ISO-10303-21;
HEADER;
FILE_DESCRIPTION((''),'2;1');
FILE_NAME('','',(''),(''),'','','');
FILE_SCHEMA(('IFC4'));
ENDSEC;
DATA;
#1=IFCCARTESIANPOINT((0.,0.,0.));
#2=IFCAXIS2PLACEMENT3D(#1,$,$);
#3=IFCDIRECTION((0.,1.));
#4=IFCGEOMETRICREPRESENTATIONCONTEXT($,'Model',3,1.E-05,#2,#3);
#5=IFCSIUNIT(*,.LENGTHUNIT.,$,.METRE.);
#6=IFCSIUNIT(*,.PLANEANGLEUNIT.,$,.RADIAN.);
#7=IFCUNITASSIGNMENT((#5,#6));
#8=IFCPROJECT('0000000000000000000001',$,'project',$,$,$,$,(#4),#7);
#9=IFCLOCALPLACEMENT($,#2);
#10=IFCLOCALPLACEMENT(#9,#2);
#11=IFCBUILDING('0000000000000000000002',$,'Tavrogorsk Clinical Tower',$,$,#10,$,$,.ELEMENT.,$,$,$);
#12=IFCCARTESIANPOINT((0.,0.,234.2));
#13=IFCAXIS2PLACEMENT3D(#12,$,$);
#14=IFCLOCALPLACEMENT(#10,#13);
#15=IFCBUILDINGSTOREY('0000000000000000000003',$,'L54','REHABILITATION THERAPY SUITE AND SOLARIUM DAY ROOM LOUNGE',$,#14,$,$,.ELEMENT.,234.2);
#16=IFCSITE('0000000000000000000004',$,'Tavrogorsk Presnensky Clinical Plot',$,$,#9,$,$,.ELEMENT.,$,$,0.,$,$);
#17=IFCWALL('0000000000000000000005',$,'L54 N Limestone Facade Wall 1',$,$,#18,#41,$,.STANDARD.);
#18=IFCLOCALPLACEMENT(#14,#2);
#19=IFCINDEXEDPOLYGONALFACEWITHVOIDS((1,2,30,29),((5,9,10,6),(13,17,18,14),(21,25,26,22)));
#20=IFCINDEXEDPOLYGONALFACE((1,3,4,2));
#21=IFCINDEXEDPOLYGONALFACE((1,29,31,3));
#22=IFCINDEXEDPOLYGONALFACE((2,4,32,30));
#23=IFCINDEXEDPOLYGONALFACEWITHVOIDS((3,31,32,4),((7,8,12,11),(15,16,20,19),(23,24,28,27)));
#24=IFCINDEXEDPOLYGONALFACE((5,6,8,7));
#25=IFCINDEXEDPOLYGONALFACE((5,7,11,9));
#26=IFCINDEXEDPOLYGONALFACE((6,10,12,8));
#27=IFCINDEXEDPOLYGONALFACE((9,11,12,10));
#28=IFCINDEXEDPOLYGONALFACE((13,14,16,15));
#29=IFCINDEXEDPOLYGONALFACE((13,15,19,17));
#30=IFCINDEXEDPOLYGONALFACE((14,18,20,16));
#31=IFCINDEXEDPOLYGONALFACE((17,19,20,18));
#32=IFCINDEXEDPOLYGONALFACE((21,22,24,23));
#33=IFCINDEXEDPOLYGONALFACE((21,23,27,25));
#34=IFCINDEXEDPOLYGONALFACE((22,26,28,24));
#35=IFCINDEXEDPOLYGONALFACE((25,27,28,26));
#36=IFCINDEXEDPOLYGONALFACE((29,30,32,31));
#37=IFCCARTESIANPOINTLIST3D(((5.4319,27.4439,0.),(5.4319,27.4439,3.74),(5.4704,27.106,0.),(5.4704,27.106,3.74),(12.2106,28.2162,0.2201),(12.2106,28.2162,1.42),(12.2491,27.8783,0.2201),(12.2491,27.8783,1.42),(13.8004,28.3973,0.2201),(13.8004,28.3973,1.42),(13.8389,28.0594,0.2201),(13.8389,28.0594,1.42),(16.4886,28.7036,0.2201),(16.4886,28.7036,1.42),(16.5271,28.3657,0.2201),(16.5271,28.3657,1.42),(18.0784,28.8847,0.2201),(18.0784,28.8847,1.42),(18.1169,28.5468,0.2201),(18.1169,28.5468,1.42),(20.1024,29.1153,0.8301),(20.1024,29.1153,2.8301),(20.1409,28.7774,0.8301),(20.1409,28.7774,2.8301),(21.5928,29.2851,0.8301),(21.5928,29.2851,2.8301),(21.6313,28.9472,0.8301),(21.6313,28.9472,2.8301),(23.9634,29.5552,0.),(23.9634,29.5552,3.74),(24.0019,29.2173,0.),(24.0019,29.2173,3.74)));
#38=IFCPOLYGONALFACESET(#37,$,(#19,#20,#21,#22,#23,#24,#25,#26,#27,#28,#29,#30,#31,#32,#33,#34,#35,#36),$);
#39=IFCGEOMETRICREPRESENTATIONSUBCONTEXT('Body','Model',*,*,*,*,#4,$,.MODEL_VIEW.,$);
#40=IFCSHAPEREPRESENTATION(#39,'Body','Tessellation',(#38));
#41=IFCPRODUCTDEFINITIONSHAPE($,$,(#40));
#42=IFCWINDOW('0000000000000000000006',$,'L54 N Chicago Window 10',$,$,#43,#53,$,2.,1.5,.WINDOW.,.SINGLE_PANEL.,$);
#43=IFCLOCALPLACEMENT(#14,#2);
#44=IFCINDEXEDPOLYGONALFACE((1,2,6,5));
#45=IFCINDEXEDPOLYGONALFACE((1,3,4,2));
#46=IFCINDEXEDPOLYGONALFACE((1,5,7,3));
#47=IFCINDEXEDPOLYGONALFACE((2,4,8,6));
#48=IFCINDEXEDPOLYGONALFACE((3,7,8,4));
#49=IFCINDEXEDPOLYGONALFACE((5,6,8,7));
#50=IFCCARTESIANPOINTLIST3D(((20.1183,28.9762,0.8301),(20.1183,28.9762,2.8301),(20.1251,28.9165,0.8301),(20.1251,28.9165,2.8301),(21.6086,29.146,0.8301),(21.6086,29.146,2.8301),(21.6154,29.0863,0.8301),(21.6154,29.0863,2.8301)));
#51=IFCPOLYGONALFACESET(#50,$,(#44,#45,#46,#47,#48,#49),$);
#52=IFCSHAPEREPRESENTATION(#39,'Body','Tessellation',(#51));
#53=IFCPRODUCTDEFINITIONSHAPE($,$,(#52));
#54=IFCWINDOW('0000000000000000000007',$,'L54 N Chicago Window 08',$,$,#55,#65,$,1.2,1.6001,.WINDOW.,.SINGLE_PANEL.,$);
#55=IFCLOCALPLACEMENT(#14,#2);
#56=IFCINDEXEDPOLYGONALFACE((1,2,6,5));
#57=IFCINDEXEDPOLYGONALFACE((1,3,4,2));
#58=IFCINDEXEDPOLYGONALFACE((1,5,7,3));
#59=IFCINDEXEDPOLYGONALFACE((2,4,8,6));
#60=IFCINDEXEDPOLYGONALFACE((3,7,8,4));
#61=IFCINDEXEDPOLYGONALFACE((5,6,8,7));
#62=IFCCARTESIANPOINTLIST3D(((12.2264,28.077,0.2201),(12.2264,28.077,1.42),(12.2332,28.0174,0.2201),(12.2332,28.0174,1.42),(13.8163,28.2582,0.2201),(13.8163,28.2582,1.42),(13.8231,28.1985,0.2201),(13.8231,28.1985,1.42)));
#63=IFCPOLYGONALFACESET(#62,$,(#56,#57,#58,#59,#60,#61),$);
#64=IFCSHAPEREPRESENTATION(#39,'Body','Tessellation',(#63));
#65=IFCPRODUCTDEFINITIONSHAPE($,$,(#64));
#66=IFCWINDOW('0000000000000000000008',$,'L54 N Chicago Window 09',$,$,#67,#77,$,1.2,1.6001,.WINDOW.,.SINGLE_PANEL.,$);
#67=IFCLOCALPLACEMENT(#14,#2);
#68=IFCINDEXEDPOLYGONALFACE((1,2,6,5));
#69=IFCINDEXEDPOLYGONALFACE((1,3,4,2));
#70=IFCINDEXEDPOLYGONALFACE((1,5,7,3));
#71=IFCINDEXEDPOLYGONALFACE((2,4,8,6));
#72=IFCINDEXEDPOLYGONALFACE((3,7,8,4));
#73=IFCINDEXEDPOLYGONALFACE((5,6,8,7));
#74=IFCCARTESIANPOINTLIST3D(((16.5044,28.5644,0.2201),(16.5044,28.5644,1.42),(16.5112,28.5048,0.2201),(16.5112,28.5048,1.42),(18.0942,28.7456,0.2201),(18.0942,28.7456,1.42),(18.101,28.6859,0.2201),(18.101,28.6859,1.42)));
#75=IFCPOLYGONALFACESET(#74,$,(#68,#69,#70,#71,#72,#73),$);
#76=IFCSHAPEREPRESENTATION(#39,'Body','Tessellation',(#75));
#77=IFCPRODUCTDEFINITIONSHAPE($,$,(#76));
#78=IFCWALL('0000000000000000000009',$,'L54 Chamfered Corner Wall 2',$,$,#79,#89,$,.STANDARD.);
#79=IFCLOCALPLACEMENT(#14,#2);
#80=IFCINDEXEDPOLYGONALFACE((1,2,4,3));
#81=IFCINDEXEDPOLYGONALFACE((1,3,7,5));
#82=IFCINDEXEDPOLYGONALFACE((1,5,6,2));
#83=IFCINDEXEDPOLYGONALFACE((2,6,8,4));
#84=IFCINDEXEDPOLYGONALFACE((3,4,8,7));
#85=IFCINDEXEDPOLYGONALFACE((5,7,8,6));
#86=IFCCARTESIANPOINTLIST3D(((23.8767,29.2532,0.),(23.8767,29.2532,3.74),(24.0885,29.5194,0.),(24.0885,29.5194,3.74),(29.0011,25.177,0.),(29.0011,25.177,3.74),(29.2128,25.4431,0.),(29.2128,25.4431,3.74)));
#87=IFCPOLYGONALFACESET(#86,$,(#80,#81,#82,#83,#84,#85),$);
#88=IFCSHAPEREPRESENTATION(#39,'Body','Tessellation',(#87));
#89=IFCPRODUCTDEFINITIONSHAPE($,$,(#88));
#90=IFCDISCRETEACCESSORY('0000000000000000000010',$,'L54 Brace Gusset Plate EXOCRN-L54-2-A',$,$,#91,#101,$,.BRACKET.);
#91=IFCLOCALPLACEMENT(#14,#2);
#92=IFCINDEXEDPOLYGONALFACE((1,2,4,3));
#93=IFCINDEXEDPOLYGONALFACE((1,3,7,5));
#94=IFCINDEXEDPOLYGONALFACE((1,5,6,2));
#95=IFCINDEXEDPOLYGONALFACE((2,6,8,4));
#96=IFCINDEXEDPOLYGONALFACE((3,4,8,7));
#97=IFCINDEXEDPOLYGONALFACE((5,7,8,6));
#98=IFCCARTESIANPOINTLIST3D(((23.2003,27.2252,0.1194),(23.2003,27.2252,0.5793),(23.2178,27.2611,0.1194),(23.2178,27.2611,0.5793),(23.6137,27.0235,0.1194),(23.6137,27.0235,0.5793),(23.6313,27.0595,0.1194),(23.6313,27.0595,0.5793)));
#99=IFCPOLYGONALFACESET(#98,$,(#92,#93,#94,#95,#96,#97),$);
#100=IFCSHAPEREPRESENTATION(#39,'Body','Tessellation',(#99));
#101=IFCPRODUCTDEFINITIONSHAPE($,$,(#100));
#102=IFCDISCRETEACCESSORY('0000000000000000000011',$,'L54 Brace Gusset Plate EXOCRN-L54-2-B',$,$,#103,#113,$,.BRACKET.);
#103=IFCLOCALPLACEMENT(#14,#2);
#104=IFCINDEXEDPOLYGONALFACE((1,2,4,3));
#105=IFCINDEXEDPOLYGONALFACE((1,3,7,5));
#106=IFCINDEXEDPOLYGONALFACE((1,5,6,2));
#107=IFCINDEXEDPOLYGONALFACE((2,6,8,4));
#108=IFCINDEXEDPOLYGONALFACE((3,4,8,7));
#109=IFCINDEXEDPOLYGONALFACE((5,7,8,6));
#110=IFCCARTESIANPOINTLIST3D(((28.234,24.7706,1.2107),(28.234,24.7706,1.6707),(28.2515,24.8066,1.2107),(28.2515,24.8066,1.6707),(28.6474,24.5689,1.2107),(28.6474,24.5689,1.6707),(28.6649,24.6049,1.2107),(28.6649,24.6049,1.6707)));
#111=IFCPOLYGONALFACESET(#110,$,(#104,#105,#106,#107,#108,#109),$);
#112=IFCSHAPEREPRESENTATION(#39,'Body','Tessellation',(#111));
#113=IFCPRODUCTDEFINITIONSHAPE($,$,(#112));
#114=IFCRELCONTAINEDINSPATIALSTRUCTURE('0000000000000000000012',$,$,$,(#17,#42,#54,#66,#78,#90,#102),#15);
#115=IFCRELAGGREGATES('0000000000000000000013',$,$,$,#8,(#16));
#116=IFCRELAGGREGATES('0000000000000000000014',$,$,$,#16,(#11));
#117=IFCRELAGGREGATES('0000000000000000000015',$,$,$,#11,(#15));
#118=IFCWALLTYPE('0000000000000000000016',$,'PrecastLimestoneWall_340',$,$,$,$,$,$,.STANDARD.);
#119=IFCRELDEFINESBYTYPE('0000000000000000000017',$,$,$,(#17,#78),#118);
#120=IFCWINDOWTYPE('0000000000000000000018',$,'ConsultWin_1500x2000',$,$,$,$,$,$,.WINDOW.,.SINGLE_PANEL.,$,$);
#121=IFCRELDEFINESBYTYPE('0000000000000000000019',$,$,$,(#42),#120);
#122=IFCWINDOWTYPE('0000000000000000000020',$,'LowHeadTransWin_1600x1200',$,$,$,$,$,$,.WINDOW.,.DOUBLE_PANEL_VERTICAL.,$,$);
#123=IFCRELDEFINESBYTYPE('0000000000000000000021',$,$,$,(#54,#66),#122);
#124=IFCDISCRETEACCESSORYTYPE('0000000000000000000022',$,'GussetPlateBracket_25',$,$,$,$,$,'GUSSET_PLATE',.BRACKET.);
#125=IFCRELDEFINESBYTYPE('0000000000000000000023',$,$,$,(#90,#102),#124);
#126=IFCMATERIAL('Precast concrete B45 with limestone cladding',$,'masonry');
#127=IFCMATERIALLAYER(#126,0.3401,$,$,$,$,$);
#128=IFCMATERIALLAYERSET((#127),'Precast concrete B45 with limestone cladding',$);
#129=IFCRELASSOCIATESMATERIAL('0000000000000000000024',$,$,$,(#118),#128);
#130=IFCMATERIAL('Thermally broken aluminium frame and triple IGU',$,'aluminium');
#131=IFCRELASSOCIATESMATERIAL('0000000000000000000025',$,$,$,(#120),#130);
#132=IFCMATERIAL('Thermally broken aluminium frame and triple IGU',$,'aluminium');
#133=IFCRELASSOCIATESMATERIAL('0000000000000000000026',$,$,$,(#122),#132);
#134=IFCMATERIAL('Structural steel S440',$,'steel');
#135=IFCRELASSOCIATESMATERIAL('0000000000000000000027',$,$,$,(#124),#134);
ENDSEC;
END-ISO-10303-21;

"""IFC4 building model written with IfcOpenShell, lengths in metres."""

from ifc_helpers import new_model, si_unit, direction, frame, frame_2d, origin, origin_2d, place, context, subcontext, project, spatial, rectangle, extrude, material, layer, layer_set, type_object, element, fill, save


model = new_model("IFC4")

# Units and contexts
model_context = context("Model", 3, precision=1e-05, world=origin(), true_north=direction((0.0, 1.0)))
body_context = subcontext(model_context, "Body", "Model", "MODEL_VIEW")
ifc_project = project(units=[si_unit("LENGTHUNIT", "METRE"), si_unit("PLANEANGLEUNIT", "RADIAN")], contexts=[model_context])

# Site, building, storey
site_placement = place(None, origin())
site = spatial("IfcSite", under=ifc_project, at=site_placement, Name="Tavrogorsk Presnensky Clinical Plot", CompositionType="ELEMENT", RefElevation=0.0)
building_placement = place(site_placement, origin())
building = spatial("IfcBuilding", under=site, at=building_placement, Name="Tavrogorsk Clinical Tower", CompositionType="ELEMENT")
storey_placement = place(building_placement, frame((0.0, 0.0, 234.2)))
storey = spatial("IfcBuildingStorey", under=building, at=storey_placement, Name="L54", Description="REHABILITATION THERAPY SUITE AND SOLARIUM DAY ROOM LOUNGE", CompositionType="ELEMENT", Elevation=234.2)

# Wall, openings, windows
ifc_material_1 = material(Name="Precast concrete B45 with limestone cladding", Category="masonry")
ifc_layer_1 = layer(ifc_material_1, 0.3401)
ifc_layer_set_1 = layer_set([ifc_layer_1], Name="Precast concrete B45 with limestone cladding")
wall_type_1 = type_object("IfcWallType", Name="PrecastLimestoneWall_340", PredefinedType="STANDARD", material=ifc_layer_set_1)
wall_1_placement = place(storey_placement, frame((23.9827, 29.3862, 0.0), z_axis=(0.0, 0.0, 1.0), x_axis=(-0.993572, -0.1132, 0.0)))
wall_1 = element("IfcWall", 1, at=wall_1_placement, inside=storey, type_object=wall_type_1, Name="L54 N Limestone Facade Wall 1", PredefinedType="STANDARD", context=body_context, shape_type="SweptSolid", body=[
    extrude(rectangle(XDim=18.6514, YDim=0.3401, at=frame_2d((9.3257, 0.0))), origin(), (0.0, 0.0, 1.0), 3.74),
])
opening_1_placement = place(wall_1_placement, frame((10.2288, 0.0, 0.22)))
opening_1 = element("IfcOpeningElement", 2, at=opening_1_placement, cuts=wall_1, PredefinedType="OPENING", context=body_context, shape_type="SweptSolid", body=[
    extrude(rectangle(XDim=1.6001, YDim=1.2, at=frame_2d((0.8, 0.6001))), frame((0.0, 0.1799, 0.0), z_axis=(0.0, -1.0, 0.0), x_axis=(1.0, 0.0, 0.0)), (0.0, 0.0, 1.0), 0.3601),
])
opening_2_placement = place(wall_1_placement, frame((5.9231, 0.0, 0.22)))
opening_2 = element("IfcOpeningElement", 3, at=opening_2_placement, cuts=wall_1, PredefinedType="OPENING", context=body_context, shape_type="SweptSolid", body=[
    extrude(rectangle(XDim=1.6001, YDim=1.2, at=frame_2d((0.8, 0.6001))), frame((0.0, 0.1799, 0.0), z_axis=(0.0, -1.0, 0.0), x_axis=(1.0, 0.0, 0.0)), (0.0, 0.0, 1.0), 0.3601),
])
opening_3_placement = place(wall_1_placement, frame((2.386, 0.0, 0.8301)))
opening_3 = element("IfcOpeningElement", 4, at=opening_3_placement, cuts=wall_1, PredefinedType="OPENING", context=body_context, shape_type="SweptSolid", body=[
    extrude(rectangle(XDim=1.5, YDim=2.0, at=frame_2d((0.75, 1.0))), frame((0.0, 0.1799, 0.0), z_axis=(0.0, -1.0, 0.0), x_axis=(1.0, 0.0, 0.0)), (0.0, 0.0, 1.0), 0.3601),
])
ifc_material_2 = material(Name="Thermally broken aluminium frame and triple IGU", Category="aluminium")
window_type_1 = type_object("IfcWindowType", Name="ConsultWin_1500x2000", PartitioningType="SINGLE_PANEL", PredefinedType="WINDOW", material=ifc_material_2)
window_1_placement = place(opening_3_placement, origin())
window_1 = element("IfcWindow", 5, at=window_1_placement, inside=storey, type_object=window_type_1, Name="L54 N Chicago Window 10", OverallHeight=2.0, OverallWidth=1.5, PartitioningType="SINGLE_PANEL", PredefinedType="WINDOW", context=body_context, shape_type="SweptSolid", body=[
    extrude(rectangle(XDim=1.5, YDim=2.0, at=frame_2d((0.75, 1.0))), frame((0.0, 0.03, 0.0), z_axis=(0.0, -1.0, 0.0), x_axis=(1.0, 0.0, 0.0)), (0.0, 0.0, 1.0), 0.0601),
])
fill(opening_3, window_1)
ifc_material_3 = material(Name="Thermally broken aluminium frame and triple IGU", Category="aluminium")
window_type_2 = type_object("IfcWindowType", Name="LowHeadTransWin_1600x1200", PartitioningType="DOUBLE_PANEL_VERTICAL", PredefinedType="WINDOW", material=ifc_material_3)
window_2_placement = place(opening_1_placement, origin())
window_2 = element("IfcWindow", 6, at=window_2_placement, inside=storey, type_object=window_type_2, Name="L54 N Chicago Window 08", OverallHeight=1.2, OverallWidth=1.6001, PartitioningType="SINGLE_PANEL", PredefinedType="WINDOW", context=body_context, shape_type="SweptSolid", body=[
    extrude(rectangle(XDim=1.6001, YDim=1.2, at=frame_2d((0.8, 0.6001))), frame((0.0, 0.03, 0.0), z_axis=(0.0, -1.0, 0.0), x_axis=(1.0, 0.0, 0.0)), (0.0, 0.0, 1.0), 0.0601),
])
fill(opening_1, window_2)
window_3_placement = place(opening_2_placement, origin())
window_3 = element("IfcWindow", 7, at=window_3_placement, inside=storey, type_object=window_type_2, Name="L54 N Chicago Window 09", OverallHeight=1.2, OverallWidth=1.6001, PartitioningType="SINGLE_PANEL", PredefinedType="WINDOW", context=body_context, shape_type="SweptSolid", body=[
    extrude(rectangle(XDim=1.6001, YDim=1.2, at=frame_2d((0.8, 0.6001))), frame((0.0, 0.03, 0.0), z_axis=(0.0, -1.0, 0.0), x_axis=(1.0, 0.0, 0.0)), (0.0, 0.0, 1.0), 0.0601),
])
fill(opening_2, window_3)

# Wall
wall_2_placement = place(storey_placement, frame((29.1069, 25.3101, 0.0), z_axis=(0.0, 0.0, 1.0), x_axis=(-0.782597, 0.622528, 0.0)))
element("IfcWall", 8, at=wall_2_placement, inside=storey, type_object=wall_type_1, Name="L54 Chamfered Corner Wall 2", PredefinedType="STANDARD", context=body_context, shape_type="SweptSolid", body=[
    extrude(rectangle(XDim=6.5479, YDim=0.3401, at=frame_2d((3.2739, 0.0))), origin(), (0.0, 0.0, 1.0), 3.74),
])

# Discrete accessories
ifc_material_4 = material(Name="Structural steel S440", Category="steel")
discrete_accessory_type = type_object("IfcDiscreteAccessoryType", Name="GussetPlateBracket_25", ElementType="GUSSET_PLATE", PredefinedType="BRACKET", material=ifc_material_4)
for number, where, z_axis, x_axis, name in (
    (9, (23.4158, 27.1423, 0.1194), (0.0, 0.0, 1.0), (0.898794, -0.438371, 0.0), "L54 Brace Gusset Plate EXOCRN-L54-2-A"),
    (10, (28.4495, 24.6877, 1.2107), (0.0, 0.0, 1.0), (0.898794, -0.438371, 0.0), "L54 Brace Gusset Plate EXOCRN-L54-2-B"),
):
    element("IfcDiscreteAccessory", number, at=place(storey_placement, frame(where, z_axis=z_axis, x_axis=x_axis)), inside=storey, type_object=discrete_accessory_type, Name=name, PredefinedType="BRACKET", context=body_context, shape_type="SweptSolid", body=[
        extrude(rectangle(XDim=0.46, YDim=0.04, at=origin_2d()), origin(), (0.0, 0.0, 1.0), 0.46),
    ])

save(model, "model.ifc")
